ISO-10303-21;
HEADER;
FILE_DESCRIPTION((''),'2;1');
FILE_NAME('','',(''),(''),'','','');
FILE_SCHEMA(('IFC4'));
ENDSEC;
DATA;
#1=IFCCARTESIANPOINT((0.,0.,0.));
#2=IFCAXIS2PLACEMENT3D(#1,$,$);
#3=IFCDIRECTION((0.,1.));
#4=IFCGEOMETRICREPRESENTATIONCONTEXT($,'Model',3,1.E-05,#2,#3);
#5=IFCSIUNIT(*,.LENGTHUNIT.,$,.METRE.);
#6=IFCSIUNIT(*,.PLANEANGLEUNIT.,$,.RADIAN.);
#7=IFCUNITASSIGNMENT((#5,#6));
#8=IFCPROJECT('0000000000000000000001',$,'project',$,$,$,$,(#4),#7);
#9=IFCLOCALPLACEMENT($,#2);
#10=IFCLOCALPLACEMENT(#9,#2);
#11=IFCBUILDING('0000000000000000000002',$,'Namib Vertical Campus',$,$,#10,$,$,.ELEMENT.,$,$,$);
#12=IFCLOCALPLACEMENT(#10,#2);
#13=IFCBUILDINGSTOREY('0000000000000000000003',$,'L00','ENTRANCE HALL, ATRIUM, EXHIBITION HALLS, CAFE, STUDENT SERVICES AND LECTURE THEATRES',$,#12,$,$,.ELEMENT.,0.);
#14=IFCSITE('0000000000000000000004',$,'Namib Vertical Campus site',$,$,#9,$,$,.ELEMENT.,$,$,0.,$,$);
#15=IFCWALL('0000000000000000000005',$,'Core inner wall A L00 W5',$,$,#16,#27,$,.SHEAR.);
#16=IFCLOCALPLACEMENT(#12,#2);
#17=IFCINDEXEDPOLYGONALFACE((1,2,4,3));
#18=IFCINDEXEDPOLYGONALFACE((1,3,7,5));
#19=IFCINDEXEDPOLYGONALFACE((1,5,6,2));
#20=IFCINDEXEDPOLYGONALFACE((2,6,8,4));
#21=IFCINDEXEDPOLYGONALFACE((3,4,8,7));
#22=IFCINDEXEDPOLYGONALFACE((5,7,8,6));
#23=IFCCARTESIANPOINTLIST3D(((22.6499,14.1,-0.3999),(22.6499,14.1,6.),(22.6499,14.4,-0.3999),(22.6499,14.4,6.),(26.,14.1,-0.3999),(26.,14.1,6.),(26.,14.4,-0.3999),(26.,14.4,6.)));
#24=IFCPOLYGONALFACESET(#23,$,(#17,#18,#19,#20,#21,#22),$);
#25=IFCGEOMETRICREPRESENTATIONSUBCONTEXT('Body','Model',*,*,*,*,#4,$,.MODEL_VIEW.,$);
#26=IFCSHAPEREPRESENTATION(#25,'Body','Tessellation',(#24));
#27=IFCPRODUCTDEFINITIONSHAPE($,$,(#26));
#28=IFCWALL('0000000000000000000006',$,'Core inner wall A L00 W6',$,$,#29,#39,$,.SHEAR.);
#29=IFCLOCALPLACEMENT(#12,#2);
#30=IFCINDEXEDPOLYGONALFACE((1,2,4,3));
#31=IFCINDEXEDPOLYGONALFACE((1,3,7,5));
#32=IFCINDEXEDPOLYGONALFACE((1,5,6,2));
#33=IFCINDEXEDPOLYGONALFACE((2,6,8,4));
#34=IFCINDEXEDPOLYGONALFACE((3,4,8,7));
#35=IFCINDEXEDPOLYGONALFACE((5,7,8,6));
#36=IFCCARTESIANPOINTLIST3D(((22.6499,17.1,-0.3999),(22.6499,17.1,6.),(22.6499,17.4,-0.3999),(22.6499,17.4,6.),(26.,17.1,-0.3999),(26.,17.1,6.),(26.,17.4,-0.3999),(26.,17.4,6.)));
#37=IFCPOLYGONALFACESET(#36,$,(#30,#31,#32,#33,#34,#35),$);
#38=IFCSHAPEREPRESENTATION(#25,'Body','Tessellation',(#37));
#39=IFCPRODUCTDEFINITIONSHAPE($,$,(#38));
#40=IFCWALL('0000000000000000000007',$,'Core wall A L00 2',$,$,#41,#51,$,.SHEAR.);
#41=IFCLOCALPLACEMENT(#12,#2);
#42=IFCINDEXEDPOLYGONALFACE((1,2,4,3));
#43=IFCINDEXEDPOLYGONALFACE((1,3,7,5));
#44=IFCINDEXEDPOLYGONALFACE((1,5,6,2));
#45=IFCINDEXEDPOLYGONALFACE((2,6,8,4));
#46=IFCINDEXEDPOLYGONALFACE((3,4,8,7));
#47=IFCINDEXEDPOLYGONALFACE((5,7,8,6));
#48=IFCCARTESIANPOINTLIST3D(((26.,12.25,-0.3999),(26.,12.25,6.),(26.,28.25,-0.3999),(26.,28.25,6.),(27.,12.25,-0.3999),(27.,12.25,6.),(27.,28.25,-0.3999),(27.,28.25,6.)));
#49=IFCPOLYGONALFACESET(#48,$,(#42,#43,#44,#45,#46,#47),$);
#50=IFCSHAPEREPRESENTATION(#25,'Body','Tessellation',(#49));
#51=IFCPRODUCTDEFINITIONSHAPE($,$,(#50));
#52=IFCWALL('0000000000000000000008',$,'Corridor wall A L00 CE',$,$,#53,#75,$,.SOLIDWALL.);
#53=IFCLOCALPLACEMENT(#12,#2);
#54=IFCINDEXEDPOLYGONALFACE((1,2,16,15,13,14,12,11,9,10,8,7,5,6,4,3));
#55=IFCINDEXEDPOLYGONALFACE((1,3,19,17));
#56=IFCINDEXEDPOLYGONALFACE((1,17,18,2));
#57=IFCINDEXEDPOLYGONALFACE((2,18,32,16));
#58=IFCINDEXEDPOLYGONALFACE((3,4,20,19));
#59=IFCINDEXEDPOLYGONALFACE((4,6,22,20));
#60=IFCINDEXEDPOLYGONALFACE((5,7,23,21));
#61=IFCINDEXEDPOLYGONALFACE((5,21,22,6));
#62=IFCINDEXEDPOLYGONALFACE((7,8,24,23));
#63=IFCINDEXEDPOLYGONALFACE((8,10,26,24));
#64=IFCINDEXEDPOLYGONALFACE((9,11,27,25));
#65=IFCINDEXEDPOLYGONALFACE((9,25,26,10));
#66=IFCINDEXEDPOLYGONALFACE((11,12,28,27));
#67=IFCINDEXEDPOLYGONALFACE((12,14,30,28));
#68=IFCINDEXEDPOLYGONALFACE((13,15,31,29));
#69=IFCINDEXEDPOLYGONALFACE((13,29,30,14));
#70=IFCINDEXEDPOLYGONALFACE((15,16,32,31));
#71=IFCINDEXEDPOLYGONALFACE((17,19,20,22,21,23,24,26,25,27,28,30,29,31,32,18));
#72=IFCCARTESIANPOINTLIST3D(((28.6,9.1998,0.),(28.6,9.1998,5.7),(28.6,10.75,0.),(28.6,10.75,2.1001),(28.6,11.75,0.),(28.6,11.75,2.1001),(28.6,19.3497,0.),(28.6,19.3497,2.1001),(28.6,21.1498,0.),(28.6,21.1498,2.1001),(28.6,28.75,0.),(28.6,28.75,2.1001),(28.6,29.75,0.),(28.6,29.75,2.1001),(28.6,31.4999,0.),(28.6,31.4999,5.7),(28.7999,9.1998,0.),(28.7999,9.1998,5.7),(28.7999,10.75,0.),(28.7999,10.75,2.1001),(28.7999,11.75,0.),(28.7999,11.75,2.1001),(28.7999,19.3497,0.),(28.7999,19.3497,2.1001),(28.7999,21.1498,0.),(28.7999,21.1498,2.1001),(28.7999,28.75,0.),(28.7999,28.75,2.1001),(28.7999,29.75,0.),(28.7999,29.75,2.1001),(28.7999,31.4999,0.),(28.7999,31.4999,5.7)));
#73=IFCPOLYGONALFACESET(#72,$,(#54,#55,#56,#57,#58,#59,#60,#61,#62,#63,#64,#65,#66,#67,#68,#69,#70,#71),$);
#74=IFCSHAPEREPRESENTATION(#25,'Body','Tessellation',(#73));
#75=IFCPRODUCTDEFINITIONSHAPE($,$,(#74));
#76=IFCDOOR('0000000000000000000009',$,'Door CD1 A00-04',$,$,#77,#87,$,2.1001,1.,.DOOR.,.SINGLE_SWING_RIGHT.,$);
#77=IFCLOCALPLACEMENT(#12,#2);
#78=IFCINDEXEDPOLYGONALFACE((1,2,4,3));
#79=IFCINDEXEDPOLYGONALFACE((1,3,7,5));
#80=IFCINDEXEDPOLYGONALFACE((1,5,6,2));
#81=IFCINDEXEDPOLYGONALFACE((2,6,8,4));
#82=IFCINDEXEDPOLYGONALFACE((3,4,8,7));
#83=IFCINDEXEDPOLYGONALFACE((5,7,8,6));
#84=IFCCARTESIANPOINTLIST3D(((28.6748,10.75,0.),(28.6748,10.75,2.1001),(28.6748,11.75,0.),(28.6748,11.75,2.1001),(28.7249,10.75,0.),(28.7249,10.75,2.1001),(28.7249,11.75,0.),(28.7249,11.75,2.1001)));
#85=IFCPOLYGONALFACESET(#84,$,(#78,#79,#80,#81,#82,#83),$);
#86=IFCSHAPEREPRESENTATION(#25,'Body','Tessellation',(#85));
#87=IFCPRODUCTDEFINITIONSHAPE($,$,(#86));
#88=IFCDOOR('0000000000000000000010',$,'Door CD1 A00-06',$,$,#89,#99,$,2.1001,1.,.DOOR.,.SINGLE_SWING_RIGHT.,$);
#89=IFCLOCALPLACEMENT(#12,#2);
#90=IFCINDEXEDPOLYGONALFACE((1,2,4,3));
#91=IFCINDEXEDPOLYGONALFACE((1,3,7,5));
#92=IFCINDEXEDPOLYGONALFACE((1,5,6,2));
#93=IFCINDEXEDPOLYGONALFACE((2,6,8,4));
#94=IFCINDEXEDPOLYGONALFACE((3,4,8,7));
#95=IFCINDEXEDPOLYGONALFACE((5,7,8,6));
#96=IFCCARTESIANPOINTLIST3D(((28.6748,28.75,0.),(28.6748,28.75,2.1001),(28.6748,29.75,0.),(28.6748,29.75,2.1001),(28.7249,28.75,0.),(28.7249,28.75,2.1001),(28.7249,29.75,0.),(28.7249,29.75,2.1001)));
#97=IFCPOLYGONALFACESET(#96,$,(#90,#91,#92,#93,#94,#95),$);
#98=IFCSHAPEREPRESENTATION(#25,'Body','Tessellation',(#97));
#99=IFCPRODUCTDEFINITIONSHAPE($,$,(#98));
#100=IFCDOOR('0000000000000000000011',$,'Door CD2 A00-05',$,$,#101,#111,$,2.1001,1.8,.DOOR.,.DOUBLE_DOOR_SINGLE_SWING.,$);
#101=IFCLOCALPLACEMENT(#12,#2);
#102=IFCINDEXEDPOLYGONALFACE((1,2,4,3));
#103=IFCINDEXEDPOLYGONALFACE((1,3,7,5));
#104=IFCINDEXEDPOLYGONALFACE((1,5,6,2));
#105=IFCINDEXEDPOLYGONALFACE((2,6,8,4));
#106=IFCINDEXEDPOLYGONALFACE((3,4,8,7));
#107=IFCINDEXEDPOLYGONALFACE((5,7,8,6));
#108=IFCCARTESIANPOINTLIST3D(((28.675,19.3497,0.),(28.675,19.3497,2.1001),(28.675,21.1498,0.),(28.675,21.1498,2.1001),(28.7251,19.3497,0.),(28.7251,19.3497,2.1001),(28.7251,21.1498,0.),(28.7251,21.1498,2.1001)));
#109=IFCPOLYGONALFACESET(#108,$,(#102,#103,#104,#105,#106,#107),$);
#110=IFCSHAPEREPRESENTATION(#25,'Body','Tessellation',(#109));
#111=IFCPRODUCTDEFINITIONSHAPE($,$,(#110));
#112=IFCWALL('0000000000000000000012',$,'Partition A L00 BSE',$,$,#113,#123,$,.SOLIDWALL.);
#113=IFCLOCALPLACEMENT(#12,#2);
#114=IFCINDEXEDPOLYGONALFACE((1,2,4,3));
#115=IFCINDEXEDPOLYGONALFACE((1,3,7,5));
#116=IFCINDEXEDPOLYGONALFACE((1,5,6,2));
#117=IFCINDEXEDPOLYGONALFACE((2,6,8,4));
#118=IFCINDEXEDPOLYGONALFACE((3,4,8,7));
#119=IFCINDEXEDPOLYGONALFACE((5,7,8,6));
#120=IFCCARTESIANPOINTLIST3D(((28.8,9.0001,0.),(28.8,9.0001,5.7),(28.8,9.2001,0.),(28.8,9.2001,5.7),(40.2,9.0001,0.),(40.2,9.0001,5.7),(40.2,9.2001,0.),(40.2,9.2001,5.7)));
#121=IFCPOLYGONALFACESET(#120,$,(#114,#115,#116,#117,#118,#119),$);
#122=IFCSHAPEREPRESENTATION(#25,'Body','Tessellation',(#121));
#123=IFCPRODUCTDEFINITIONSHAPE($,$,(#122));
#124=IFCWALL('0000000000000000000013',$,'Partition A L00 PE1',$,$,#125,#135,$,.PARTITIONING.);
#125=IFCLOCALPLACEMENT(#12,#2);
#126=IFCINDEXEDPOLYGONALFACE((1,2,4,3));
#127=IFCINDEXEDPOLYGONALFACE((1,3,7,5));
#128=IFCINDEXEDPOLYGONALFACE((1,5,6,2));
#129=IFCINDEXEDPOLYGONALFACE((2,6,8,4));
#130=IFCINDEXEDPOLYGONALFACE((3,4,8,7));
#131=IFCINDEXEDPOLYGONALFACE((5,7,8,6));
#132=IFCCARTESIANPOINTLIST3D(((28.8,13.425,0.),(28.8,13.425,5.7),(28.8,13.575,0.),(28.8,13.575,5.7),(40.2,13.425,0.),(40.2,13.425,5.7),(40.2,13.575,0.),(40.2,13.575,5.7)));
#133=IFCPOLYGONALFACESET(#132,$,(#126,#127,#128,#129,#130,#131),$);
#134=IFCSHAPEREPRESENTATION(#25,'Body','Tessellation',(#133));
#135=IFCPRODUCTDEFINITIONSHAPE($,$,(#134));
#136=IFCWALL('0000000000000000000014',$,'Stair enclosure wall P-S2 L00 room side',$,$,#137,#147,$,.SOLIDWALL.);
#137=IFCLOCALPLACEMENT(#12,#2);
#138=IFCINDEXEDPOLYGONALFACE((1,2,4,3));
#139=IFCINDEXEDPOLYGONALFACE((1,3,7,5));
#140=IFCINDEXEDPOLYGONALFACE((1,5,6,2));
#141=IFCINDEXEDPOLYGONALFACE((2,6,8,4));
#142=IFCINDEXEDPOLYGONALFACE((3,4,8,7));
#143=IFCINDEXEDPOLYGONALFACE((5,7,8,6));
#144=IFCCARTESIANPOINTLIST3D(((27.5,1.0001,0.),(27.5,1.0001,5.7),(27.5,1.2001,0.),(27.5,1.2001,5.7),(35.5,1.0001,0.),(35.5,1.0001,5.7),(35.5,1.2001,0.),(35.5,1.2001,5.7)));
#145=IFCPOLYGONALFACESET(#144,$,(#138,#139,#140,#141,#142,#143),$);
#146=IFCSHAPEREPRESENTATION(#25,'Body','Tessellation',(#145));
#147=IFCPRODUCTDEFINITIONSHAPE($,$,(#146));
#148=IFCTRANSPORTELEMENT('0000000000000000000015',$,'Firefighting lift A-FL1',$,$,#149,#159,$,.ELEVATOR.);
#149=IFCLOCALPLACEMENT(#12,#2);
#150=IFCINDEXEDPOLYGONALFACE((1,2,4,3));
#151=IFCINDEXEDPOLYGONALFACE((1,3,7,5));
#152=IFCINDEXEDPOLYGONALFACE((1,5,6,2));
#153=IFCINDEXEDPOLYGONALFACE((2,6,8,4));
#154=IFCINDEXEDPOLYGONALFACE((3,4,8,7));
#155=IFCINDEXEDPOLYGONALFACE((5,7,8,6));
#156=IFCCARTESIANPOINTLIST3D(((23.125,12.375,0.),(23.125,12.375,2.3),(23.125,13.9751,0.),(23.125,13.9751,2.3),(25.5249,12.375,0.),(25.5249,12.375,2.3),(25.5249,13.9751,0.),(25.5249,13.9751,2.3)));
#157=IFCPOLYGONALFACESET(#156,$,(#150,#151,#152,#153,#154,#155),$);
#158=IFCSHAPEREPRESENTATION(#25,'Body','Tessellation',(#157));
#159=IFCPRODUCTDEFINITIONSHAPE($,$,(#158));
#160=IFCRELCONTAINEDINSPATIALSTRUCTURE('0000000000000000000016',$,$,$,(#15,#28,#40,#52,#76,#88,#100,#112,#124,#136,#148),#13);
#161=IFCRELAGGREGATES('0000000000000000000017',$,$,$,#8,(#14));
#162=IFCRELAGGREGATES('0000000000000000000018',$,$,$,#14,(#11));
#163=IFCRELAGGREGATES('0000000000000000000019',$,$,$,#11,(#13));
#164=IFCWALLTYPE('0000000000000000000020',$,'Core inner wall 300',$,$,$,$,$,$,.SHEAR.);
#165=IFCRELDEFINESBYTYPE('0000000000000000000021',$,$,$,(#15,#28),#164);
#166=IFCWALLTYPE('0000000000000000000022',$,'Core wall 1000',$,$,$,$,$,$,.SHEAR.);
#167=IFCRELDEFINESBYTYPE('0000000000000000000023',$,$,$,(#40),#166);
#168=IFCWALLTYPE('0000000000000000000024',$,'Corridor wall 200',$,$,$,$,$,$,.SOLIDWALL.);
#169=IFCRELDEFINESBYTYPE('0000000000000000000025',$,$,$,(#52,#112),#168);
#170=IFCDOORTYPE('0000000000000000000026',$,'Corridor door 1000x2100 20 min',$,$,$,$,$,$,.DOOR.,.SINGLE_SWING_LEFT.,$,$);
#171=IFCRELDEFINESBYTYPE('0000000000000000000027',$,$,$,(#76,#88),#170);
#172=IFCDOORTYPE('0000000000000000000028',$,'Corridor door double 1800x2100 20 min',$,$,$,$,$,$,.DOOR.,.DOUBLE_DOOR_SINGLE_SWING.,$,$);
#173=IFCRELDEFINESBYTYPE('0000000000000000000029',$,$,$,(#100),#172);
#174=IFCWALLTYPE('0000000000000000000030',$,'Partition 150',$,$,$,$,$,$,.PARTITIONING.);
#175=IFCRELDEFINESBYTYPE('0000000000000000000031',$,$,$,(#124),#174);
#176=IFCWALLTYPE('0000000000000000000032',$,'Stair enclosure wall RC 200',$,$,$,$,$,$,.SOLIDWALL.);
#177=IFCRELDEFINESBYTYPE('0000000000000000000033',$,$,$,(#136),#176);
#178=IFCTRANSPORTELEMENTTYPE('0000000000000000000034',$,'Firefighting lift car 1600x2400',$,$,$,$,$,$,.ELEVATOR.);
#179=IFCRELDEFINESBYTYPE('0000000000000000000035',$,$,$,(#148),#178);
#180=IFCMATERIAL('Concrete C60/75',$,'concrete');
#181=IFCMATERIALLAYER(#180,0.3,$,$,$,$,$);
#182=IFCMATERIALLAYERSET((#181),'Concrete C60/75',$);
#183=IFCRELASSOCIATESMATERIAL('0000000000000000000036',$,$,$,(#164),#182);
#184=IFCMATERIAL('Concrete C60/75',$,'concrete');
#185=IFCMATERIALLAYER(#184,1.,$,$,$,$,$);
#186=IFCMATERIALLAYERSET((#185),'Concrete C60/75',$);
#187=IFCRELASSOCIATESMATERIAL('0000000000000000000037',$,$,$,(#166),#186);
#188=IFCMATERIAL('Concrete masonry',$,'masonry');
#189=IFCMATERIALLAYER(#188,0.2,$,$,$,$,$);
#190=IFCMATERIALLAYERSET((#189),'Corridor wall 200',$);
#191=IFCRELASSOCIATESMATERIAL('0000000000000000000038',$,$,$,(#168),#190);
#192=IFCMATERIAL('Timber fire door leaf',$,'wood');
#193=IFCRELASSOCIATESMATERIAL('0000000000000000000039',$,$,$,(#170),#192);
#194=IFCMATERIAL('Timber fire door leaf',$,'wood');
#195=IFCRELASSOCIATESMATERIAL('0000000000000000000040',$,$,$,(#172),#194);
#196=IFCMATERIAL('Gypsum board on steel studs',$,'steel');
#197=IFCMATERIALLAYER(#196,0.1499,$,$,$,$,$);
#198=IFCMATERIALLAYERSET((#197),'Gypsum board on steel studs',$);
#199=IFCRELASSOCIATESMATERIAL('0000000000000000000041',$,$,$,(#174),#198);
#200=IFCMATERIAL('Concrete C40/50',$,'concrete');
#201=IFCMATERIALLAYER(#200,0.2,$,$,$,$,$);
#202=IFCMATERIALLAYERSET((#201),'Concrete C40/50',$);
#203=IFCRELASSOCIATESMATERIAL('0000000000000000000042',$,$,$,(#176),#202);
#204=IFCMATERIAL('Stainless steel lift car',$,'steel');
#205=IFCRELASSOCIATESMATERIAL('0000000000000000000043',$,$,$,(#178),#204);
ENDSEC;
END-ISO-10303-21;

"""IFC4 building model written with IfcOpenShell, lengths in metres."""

from ifc_helpers import new_model, si_unit, direction, frame, frame_2d, origin, origin_2d, place, context, subcontext, project, spatial, rectangle, extrude, material, layer, layer_set, type_object, element, fill, save


model = new_model("IFC4")

# Units and contexts
model_context = context("Model", 3, precision=1e-05, world=origin(), true_north=direction((0.0, 1.0)))
body_context = subcontext(model_context, "Body", "Model", "MODEL_VIEW")
ifc_project = project(units=[si_unit("LENGTHUNIT", "METRE"), si_unit("PLANEANGLEUNIT", "RADIAN")], contexts=[model_context])

# Site, building, storey
site_placement = place(None, origin())
site = spatial("IfcSite", under=ifc_project, at=site_placement, Name="Namib Vertical Campus site", CompositionType="ELEMENT", RefElevation=0.0)
building_placement = place(site_placement, origin())
building = spatial("IfcBuilding", under=site, at=building_placement, Name="Namib Vertical Campus", CompositionType="ELEMENT")
storey_placement = place(building_placement, origin())
storey = spatial("IfcBuildingStorey", under=building, at=storey_placement, Name="L00", Description="ENTRANCE HALL, ATRIUM, EXHIBITION HALLS, CAFE, STUDENT SERVICES AND LECTURE THEATRES", CompositionType="ELEMENT", Elevation=0.0)

# Walls
ifc_material_1 = material(Name="Concrete C60/75", Category="concrete")
ifc_layer_1 = layer(ifc_material_1, 0.3)
ifc_layer_set_1 = layer_set([ifc_layer_1], Name="Concrete C60/75")
wall_type_1 = type_object("IfcWallType", Name="Core inner wall 300", PredefinedType="SHEAR", material=ifc_layer_set_1)
for number, where, z_axis, x_axis, name in (
    (1, (22.6499, 14.25, -0.3999), (0.0, 0.0, 1.0), (1.0, 0.0, 0.0), "Core inner wall A L00 W5"),
    (2, (22.6499, 17.25, -0.3999), (0.0, 0.0, 1.0), (1.0, 0.0, 0.0), "Core inner wall A L00 W6"),
):
    element("IfcWall", number, at=place(storey_placement, frame(where, z_axis=z_axis, x_axis=x_axis)), inside=storey, type_object=wall_type_1, Name=name, PredefinedType="SHEAR", context=body_context, shape_type="SweptSolid", body=[
        extrude(rectangle(XDim=3.3501, YDim=0.3, at=frame_2d((1.675, 0.0))), origin(), (0.0, 0.0, 1.0), 6.3999),
    ])
ifc_material_2 = material(Name="Concrete C60/75", Category="concrete")
ifc_layer_2 = layer(ifc_material_2, 1.0)
ifc_layer_set_2 = layer_set([ifc_layer_2], Name="Concrete C60/75")
wall_type_2 = type_object("IfcWallType", Name="Core wall 1000", PredefinedType="SHEAR", material=ifc_layer_set_2)
wall_1_placement = place(storey_placement, frame((26.5, 12.25, -0.3999), z_axis=(0.0, 0.0, 1.0), x_axis=(0.0, 1.0, 0.0)))
element("IfcWall", 3, at=wall_1_placement, inside=storey, type_object=wall_type_2, Name="Core wall A L00 2", PredefinedType="SHEAR", context=body_context, shape_type="SweptSolid", body=[
    extrude(rectangle(XDim=16.0, YDim=1.0, at=frame_2d((8.0, 0.0))), origin(), (0.0, 0.0, 1.0), 6.3999),
])

# Wall, openings, doors
ifc_material_3 = material(Name="Concrete masonry", Category="masonry")
ifc_layer_3 = layer(ifc_material_3, 0.2)
ifc_layer_set_3 = layer_set([ifc_layer_3], Name="Corridor wall 200")
wall_type_3 = type_object("IfcWallType", Name="Corridor wall 200", PredefinedType="SOLIDWALL", material=ifc_layer_set_3)
wall_2_placement = place(storey_placement, frame((28.7, 9.2, 0.0), z_axis=(0.0, 0.0, 1.0), x_axis=(0.0, 1.0, 0.0)))
wall_2 = element("IfcWall", 4, at=wall_2_placement, inside=storey, type_object=wall_type_3, Name="Corridor wall A L00 CE", PredefinedType="SOLIDWALL", context=body_context, shape_type="SweptSolid", body=[
    extrude(rectangle(XDim=22.3, YDim=0.2, at=frame_2d((11.1499, 0.0))), origin(), (0.0, 0.0, 1.0), 5.7),
])
opening_1_placement = place(wall_2_placement, frame((1.55, 0.0, 0.0)))
opening_1 = element("IfcOpeningElement", 5, at=opening_1_placement, cuts=wall_2, PredefinedType="OPENING", context=body_context, shape_type="SweptSolid", body=[
    extrude(rectangle(XDim=1.0, YDim=2.1001, at=frame_2d((0.5, 1.05))), frame((0.0, 0.1099, 0.0), z_axis=(0.0, -1.0, 0.0), x_axis=(1.0, 0.0, 0.0)), (0.0, 0.0, 1.0), 0.22),
])
opening_2_placement = place(wall_2_placement, frame((10.1499, 0.0, 0.0)))
opening_2 = element("IfcOpeningElement", 6, at=opening_2_placement, cuts=wall_2, PredefinedType="OPENING", context=body_context, shape_type="SweptSolid", body=[
    extrude(rectangle(XDim=1.8, YDim=2.1001, at=frame_2d((0.8999, 1.05))), frame((0.0, 0.1099, 0.0), z_axis=(0.0, -1.0, 0.0), x_axis=(1.0, 0.0, 0.0)), (0.0, 0.0, 1.0), 0.22),
])
opening_3_placement = place(wall_2_placement, frame((19.55, 0.0, 0.0)))
opening_3 = element("IfcOpeningElement", 7, at=opening_3_placement, cuts=wall_2, PredefinedType="OPENING", context=body_context, shape_type="SweptSolid", body=[
    extrude(rectangle(XDim=1.0, YDim=2.1001, at=frame_2d((0.5, 1.05))), frame((0.0, 0.1099, 0.0), z_axis=(0.0, -1.0, 0.0), x_axis=(1.0, 0.0, 0.0)), (0.0, 0.0, 1.0), 0.22),
])
ifc_material_4 = material(Name="Timber fire door leaf", Category="wood")
door_type_1 = type_object("IfcDoorType", Name="Corridor door 1000x2100 20 min", OperationType="SINGLE_SWING_LEFT", PredefinedType="DOOR", material=ifc_material_4)
door_1_placement = place(opening_1_placement, frame((1.0, 0.0, 0.0), z_axis=(0.0, 0.0, 1.0), x_axis=(-1.0, 0.0, 0.0)))
door_1 = element("IfcDoor", 8, at=door_1_placement, inside=storey, type_object=door_type_1, Name="Door CD1 A00-04", OperationType="SINGLE_SWING_RIGHT", OverallHeight=2.1001, OverallWidth=1.0, PredefinedType="DOOR", context=body_context, shape_type="SweptSolid", body=[
    extrude(rectangle(XDim=1.0, YDim=2.1001, at=frame_2d((0.5, 1.05))), frame((0.0, 0.0249, 0.0), z_axis=(0.0, -1.0, 0.0), x_axis=(1.0, 0.0, 0.0)), (0.0, 0.0, 1.0), 0.05),
])
fill(opening_1, door_1)
door_2_placement = place(opening_3_placement, frame((1.0, 0.0, 0.0), z_axis=(0.0, 0.0, 1.0), x_axis=(-1.0, 0.0, 0.0)))
door_2 = element("IfcDoor", 9, at=door_2_placement, inside=storey, type_object=door_type_1, Name="Door CD1 A00-06", OperationType="SINGLE_SWING_RIGHT", OverallHeight=2.1001, OverallWidth=1.0, PredefinedType="DOOR", context=body_context, shape_type="SweptSolid", body=[
    extrude(rectangle(XDim=1.0, YDim=2.1001, at=frame_2d((0.5, 1.05))), frame((0.0, 0.0249, 0.0), z_axis=(0.0, -1.0, 0.0), x_axis=(1.0, 0.0, 0.0)), (0.0, 0.0, 1.0), 0.05),
])
fill(opening_3, door_2)
ifc_material_5 = material(Name="Timber fire door leaf", Category="wood")
door_type_2 = type_object("IfcDoorType", Name="Corridor door double 1800x2100 20 min", OperationType="DOUBLE_DOOR_SINGLE_SWING", PredefinedType="DOOR", material=ifc_material_5)
door_3_placement = place(opening_2_placement, origin())
door_3 = element("IfcDoor", 10, at=door_3_placement, inside=storey, type_object=door_type_2, Name="Door CD2 A00-05", OperationType="DOUBLE_DOOR_SINGLE_SWING", OverallHeight=2.1001, OverallWidth=1.8, PredefinedType="DOOR", context=body_context, shape_type="SweptSolid", body=[
    extrude(rectangle(XDim=1.8, YDim=2.1001, at=frame_2d((0.8999, 1.05))), frame((0.0, 0.0249, 0.0), z_axis=(0.0, -1.0, 0.0), x_axis=(1.0, 0.0, 0.0)), (0.0, 0.0, 1.0), 0.05),
])
fill(opening_2, door_3)

# Walls
wall_3_placement = place(storey_placement, frame((28.8, 9.1001, 0.0), z_axis=(0.0, 0.0, 1.0), x_axis=(1.0, 0.0, 0.0)))
element("IfcWall", 11, at=wall_3_placement, inside=storey, type_object=wall_type_3, Name="Partition A L00 BSE", PredefinedType="SOLIDWALL", context=body_context, shape_type="SweptSolid", body=[
    extrude(rectangle(XDim=11.3999, YDim=0.2, at=frame_2d((5.7, 0.0))), origin(), (0.0, 0.0, 1.0), 5.7),
])
ifc_material_6 = material(Name="Gypsum board on steel studs", Category="steel")
ifc_layer_4 = layer(ifc_material_6, 0.1499)
ifc_layer_set_4 = layer_set([ifc_layer_4], Name="Gypsum board on steel studs")
wall_type_4 = type_object("IfcWallType", Name="Partition 150", PredefinedType="PARTITIONING", material=ifc_layer_set_4)
wall_4_placement = place(storey_placement, frame((28.8, 13.5, 0.0), z_axis=(0.0, 0.0, 1.0), x_axis=(1.0, 0.0, 0.0)))
element("IfcWall", 12, at=wall_4_placement, inside=storey, type_object=wall_type_4, Name="Partition A L00 PE1", PredefinedType="PARTITIONING", context=body_context, shape_type="SweptSolid", body=[
    extrude(rectangle(XDim=11.3999, YDim=0.1499, at=frame_2d((5.7, 0.0))), origin(), (0.0, 0.0, 1.0), 5.7),
])
ifc_material_7 = material(Name="Concrete C40/50", Category="concrete")
ifc_layer_5 = layer(ifc_material_7, 0.2)
ifc_layer_set_5 = layer_set([ifc_layer_5], Name="Concrete C40/50")
wall_type_5 = type_object("IfcWallType", Name="Stair enclosure wall RC 200", PredefinedType="SOLIDWALL", material=ifc_layer_set_5)
wall_5_placement = place(storey_placement, frame((27.5, 1.1001, 0.0), z_axis=(0.0, 0.0, 1.0), x_axis=(1.0, 0.0, 0.0)))
element("IfcWall", 13, at=wall_5_placement, inside=storey, type_object=wall_type_5, Name="Stair enclosure wall P-S2 L00 room side", PredefinedType="SOLIDWALL", context=body_context, shape_type="SweptSolid", body=[
    extrude(rectangle(XDim=8.0, YDim=0.2, at=frame_2d((4.0, 0.0))), origin(), (0.0, 0.0, 1.0), 5.7),
])

# Transport element
ifc_material_8 = material(Name="Stainless steel lift car", Category="steel")
transport_element_type_1 = type_object("IfcTransportElementType", Name="Firefighting lift car 1600x2400", PredefinedType="ELEVATOR", material=ifc_material_8)
transport_element_placement = place(storey_placement, frame((24.325, 13.175, 0.0), z_axis=(0.0, 0.0, 1.0), x_axis=(1.0, 0.0, 0.0)))
element("IfcTransportElement", 14, at=transport_element_placement, inside=storey, type_object=transport_element_type_1, Name="Firefighting lift A-FL1", PredefinedType="ELEVATOR", context=body_context, shape_type="SweptSolid", body=[
    extrude(rectangle(XDim=2.3999, YDim=1.6001, at=origin_2d()), origin(), (0.0, 0.0, 1.0), 2.3),
])

save(model, "model.ifc")
